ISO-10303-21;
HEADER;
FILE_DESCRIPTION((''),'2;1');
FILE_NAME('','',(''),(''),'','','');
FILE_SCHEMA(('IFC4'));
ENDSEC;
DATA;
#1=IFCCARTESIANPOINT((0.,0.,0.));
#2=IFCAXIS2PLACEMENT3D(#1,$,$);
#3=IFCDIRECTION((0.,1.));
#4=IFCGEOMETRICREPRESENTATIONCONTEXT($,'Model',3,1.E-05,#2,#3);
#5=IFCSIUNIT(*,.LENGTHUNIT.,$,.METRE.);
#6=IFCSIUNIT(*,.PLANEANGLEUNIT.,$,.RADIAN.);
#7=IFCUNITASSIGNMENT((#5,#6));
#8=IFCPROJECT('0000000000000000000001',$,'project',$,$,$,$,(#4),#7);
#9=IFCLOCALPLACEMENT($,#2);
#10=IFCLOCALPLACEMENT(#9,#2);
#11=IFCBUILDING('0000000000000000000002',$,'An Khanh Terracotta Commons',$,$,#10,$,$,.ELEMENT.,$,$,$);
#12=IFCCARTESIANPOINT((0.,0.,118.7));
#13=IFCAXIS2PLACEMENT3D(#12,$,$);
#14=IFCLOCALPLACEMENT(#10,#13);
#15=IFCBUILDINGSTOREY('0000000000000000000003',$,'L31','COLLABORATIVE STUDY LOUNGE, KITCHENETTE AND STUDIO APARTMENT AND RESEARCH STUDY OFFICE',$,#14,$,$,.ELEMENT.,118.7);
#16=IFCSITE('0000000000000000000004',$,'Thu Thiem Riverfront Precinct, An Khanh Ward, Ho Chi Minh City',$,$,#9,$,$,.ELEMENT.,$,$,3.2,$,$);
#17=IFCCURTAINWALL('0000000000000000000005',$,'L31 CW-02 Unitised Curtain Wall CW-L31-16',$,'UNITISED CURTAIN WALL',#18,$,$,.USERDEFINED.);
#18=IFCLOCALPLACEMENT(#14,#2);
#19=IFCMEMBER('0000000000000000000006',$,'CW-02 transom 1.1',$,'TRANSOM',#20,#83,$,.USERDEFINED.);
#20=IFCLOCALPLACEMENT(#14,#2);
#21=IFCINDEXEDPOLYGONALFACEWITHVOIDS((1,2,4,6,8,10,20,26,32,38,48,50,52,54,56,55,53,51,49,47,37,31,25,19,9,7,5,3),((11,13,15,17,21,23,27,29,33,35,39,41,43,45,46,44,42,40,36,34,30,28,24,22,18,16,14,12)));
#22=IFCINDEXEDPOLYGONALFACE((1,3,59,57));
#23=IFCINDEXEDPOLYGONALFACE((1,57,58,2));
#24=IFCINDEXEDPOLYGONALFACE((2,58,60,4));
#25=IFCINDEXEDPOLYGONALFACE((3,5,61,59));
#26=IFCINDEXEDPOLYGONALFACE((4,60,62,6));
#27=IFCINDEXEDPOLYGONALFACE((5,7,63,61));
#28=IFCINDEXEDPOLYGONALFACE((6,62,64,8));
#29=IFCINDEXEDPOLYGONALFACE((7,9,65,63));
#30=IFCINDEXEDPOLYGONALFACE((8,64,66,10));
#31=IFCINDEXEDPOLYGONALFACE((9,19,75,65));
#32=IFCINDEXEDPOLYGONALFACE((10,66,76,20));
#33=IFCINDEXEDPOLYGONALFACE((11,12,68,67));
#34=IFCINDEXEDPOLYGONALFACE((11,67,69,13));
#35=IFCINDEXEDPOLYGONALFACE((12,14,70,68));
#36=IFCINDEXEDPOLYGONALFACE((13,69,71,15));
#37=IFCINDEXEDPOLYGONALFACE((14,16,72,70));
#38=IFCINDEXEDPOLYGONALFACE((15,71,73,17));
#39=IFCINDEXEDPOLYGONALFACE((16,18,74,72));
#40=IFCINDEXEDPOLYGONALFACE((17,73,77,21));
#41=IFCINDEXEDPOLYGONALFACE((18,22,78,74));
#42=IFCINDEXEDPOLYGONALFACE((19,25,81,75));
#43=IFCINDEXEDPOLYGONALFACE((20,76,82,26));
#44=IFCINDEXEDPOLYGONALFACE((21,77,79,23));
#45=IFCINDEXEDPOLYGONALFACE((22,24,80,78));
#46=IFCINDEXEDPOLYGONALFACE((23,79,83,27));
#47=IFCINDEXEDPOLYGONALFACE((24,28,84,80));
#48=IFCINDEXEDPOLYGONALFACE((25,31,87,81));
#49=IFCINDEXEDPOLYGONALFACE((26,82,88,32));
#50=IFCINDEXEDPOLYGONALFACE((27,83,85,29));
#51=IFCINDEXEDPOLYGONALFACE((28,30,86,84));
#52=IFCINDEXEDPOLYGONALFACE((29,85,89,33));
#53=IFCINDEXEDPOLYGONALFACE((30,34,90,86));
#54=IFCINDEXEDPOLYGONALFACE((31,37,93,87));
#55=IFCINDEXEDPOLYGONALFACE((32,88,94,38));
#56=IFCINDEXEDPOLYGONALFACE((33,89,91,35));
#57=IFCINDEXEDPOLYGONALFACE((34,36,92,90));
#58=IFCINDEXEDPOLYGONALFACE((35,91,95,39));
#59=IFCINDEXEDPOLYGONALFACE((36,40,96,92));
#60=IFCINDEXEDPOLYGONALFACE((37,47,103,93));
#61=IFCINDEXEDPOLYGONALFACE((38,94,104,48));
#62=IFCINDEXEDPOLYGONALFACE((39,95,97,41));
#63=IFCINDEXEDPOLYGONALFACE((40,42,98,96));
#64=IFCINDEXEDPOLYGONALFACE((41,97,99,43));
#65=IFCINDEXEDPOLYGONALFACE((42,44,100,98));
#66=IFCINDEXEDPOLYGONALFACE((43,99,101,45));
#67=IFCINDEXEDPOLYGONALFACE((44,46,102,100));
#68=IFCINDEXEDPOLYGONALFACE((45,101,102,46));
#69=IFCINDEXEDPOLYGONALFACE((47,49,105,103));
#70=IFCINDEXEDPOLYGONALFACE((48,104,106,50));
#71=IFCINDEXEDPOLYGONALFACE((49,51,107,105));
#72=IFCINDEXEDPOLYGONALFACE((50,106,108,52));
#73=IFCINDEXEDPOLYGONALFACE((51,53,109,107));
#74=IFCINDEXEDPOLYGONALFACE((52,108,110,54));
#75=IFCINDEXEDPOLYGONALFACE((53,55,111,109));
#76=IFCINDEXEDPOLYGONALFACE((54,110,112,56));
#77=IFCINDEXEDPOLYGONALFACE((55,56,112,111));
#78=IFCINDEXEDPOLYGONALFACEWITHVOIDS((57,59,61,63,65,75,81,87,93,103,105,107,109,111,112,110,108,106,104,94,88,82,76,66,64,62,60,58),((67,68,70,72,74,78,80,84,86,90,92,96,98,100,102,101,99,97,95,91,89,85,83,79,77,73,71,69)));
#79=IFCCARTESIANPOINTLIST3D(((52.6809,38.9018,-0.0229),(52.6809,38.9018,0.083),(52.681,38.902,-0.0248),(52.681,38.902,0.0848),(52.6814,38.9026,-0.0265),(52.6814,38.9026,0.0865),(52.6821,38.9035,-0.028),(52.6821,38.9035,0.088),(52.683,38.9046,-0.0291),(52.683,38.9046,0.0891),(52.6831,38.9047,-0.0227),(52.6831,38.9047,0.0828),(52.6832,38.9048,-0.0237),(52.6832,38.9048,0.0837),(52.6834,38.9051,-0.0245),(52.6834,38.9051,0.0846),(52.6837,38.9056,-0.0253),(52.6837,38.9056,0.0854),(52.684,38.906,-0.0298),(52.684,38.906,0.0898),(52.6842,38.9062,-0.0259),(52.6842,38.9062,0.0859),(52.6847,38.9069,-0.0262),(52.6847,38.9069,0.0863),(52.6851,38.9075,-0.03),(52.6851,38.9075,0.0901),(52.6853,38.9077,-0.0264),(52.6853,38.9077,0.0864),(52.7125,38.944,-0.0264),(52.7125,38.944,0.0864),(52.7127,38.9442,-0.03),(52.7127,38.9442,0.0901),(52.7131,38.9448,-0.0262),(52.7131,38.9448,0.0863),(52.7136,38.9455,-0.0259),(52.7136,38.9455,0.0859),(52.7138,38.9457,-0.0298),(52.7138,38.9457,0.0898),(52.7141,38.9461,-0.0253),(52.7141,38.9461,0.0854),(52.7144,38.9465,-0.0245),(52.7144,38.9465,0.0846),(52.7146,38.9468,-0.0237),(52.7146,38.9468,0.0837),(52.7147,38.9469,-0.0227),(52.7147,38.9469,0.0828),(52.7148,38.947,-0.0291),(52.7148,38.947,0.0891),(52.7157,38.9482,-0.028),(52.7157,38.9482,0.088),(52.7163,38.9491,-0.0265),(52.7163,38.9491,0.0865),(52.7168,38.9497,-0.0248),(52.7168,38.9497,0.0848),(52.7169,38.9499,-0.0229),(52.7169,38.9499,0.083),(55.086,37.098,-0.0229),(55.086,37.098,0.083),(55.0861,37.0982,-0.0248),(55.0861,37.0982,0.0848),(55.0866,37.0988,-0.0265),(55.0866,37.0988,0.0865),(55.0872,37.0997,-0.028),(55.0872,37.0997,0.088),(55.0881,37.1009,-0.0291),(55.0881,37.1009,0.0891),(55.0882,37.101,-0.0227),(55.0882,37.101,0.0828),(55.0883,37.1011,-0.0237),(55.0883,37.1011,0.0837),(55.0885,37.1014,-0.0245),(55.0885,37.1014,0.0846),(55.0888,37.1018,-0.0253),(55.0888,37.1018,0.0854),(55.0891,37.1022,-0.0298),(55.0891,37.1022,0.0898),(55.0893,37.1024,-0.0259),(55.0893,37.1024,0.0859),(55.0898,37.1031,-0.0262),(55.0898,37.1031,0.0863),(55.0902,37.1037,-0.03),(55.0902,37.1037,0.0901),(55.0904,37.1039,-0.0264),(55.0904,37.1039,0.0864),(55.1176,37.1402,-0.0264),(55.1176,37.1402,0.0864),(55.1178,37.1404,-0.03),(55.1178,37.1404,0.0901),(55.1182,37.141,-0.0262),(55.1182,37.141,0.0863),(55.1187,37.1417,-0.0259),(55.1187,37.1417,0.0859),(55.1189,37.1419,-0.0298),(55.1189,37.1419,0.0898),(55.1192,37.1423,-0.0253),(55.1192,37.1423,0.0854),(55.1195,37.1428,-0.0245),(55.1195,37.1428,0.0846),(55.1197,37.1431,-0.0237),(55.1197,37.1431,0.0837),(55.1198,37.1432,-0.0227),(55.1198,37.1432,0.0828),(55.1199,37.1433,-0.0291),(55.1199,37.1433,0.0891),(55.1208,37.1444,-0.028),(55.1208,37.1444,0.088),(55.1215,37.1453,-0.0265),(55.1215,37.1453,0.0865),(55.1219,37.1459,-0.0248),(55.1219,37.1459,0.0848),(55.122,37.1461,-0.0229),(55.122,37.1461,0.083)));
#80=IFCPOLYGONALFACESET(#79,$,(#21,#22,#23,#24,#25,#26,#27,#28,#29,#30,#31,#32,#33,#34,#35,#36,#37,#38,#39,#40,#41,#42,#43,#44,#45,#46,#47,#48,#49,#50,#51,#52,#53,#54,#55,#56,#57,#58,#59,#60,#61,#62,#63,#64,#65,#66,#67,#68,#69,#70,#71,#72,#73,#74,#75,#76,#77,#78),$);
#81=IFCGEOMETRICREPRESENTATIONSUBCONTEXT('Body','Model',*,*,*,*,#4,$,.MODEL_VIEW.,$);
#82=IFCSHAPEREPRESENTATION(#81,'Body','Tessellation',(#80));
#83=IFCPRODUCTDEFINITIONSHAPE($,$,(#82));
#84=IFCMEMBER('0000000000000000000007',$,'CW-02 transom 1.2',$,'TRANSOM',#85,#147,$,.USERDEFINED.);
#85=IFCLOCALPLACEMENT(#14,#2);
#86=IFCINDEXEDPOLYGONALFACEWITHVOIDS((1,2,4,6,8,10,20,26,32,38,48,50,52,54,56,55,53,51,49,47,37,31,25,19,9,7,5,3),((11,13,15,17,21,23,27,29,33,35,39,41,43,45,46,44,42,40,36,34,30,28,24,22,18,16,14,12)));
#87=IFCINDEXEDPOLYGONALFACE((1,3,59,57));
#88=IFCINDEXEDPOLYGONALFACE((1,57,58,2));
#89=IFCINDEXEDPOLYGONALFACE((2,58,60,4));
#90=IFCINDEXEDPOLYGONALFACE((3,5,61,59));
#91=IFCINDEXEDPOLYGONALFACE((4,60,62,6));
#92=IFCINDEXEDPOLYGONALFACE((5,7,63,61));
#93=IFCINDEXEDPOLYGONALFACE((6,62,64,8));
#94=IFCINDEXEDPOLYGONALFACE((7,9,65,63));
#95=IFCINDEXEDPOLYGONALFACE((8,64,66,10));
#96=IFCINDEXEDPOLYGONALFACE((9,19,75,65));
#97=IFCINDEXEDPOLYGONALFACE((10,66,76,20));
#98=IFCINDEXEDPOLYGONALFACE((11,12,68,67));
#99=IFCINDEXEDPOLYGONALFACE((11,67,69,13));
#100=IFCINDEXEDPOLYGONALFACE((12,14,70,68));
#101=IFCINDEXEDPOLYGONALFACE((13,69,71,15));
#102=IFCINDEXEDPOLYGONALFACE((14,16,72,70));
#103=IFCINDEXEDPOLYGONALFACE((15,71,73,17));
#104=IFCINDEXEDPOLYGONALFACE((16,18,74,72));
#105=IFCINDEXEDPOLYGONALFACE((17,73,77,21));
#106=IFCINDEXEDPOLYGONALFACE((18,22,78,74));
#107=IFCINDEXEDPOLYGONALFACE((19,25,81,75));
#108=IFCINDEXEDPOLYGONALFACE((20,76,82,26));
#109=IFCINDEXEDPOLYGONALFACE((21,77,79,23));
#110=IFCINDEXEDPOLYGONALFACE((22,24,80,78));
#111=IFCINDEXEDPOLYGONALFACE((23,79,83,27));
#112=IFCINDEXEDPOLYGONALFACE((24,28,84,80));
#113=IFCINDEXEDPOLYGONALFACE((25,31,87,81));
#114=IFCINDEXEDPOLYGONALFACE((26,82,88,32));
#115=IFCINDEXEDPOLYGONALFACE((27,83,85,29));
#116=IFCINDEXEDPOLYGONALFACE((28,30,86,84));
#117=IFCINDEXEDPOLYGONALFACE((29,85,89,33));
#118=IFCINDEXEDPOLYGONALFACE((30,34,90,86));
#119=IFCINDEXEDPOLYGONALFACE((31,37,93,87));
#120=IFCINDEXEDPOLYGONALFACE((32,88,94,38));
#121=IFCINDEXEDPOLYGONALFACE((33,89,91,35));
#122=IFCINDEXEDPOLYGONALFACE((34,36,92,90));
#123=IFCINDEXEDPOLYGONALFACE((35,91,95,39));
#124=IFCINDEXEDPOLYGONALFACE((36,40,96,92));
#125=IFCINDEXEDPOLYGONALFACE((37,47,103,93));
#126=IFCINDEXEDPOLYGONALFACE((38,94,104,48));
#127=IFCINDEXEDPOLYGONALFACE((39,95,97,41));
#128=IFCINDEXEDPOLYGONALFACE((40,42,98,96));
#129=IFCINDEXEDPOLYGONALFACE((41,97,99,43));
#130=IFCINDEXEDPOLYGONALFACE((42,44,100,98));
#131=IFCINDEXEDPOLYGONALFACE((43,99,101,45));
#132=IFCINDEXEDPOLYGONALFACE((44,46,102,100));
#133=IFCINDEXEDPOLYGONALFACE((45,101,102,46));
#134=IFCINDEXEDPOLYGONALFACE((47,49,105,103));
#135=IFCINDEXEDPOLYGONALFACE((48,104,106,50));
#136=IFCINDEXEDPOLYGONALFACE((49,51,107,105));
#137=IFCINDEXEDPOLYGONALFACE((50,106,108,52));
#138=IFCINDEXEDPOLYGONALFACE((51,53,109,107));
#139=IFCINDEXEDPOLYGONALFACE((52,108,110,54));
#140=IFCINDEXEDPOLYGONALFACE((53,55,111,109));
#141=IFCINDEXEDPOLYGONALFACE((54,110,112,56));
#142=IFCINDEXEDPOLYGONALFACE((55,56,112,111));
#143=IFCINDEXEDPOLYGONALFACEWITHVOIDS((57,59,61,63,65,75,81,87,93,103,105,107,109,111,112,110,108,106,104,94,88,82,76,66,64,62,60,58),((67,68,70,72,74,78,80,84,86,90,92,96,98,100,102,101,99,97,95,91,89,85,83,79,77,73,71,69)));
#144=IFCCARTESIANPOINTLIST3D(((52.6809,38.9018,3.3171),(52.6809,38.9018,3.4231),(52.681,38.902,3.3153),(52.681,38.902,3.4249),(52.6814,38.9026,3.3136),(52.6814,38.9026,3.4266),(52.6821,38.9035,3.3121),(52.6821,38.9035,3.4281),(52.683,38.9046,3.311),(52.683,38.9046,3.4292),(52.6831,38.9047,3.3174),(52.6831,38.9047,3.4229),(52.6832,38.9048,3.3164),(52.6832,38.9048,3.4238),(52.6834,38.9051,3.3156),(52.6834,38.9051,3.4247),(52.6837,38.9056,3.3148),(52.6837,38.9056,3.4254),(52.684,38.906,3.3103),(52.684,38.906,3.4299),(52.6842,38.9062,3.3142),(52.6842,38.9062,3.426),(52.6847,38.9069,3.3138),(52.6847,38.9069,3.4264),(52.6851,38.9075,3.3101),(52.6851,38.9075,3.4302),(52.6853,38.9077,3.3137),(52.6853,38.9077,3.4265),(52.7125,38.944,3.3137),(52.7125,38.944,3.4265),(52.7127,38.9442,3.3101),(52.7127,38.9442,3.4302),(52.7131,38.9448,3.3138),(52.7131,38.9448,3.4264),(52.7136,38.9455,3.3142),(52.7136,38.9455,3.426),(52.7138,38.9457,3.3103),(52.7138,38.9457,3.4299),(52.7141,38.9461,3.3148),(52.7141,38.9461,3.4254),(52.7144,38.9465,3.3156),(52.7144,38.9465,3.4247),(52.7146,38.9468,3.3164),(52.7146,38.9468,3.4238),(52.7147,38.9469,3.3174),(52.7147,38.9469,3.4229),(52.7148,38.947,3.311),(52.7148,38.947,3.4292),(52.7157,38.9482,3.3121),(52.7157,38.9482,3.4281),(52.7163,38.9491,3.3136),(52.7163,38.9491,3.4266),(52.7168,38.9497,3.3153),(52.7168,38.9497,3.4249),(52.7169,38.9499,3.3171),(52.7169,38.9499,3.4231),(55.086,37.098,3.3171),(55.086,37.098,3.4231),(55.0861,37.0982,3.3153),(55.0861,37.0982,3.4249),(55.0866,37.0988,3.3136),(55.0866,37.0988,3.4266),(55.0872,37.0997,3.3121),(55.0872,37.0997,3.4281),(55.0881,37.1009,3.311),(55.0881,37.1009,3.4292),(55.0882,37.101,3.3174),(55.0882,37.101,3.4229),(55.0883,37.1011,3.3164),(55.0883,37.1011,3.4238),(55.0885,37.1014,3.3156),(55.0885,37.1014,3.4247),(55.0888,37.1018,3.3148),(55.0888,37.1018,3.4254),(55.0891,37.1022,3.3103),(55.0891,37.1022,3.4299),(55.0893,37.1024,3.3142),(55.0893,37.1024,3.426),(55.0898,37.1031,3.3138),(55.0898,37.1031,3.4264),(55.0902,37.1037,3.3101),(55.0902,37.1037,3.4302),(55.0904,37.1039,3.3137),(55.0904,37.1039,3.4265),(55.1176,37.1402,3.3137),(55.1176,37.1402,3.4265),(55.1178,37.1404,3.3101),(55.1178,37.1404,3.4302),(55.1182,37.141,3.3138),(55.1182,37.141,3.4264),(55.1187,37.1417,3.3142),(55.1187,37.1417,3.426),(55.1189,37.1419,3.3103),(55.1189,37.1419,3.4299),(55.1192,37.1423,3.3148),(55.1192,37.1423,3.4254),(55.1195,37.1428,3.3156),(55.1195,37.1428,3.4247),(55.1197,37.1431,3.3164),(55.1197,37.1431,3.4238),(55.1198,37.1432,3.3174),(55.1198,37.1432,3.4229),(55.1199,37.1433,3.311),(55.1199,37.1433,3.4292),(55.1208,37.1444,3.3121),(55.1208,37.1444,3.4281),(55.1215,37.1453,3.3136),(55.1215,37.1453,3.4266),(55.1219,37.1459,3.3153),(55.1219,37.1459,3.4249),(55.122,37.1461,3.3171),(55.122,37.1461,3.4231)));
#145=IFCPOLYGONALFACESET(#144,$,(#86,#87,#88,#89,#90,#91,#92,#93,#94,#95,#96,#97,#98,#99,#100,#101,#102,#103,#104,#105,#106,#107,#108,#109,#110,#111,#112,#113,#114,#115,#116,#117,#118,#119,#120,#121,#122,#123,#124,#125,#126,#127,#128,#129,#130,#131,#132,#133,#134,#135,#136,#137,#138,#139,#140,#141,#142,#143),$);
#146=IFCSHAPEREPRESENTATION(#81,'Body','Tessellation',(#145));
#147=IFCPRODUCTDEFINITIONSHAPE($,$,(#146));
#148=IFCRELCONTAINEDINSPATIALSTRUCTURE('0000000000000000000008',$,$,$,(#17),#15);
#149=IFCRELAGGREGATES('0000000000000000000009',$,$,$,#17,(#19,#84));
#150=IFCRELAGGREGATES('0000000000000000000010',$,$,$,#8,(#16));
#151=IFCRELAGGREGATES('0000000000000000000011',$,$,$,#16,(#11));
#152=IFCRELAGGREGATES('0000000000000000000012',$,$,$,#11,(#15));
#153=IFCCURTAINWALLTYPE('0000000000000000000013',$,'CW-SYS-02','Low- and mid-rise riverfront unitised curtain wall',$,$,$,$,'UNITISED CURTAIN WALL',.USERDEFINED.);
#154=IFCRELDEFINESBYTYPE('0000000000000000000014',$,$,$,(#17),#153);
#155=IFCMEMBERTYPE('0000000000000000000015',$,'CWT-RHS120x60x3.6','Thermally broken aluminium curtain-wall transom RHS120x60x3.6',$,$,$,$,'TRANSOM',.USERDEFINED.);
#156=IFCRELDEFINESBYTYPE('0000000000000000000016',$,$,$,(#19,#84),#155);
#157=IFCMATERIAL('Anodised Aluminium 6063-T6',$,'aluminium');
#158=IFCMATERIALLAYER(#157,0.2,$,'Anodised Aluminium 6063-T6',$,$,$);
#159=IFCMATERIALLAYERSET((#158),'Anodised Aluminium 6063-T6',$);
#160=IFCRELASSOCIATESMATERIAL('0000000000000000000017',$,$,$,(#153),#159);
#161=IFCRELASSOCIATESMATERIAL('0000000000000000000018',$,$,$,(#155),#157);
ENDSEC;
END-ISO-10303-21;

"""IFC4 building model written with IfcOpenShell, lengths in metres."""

from ifc_helpers import new_model, si_unit, direction, frame, origin, origin_2d, place, context, subcontext, project, spatial, hollow_rectangle, extrude, material, layer, layer_set, material_profile, profile_set, type_object, element, aggregate, save


model = new_model("IFC4")

# Units and contexts
model_context = context("Model", 3, precision=1e-05, world=origin(), true_north=direction((0.0, 1.0)))
body_context = subcontext(model_context, "Body", "Model", "MODEL_VIEW")
ifc_project = project(units=[si_unit("LENGTHUNIT", "METRE"), si_unit("PLANEANGLEUNIT", "RADIAN")], contexts=[model_context])

# Site, building, storey
site_placement = place(None, origin())
site = spatial("IfcSite", under=ifc_project, at=site_placement, Name="Thu Thiem Riverfront Precinct, An Khanh Ward, Ho Chi Minh City", CompositionType="ELEMENT", RefElevation=3.2)
building_placement = place(site_placement, origin())
building = spatial("IfcBuilding", under=site, at=building_placement, Name="An Khanh Terracotta Commons", CompositionType="ELEMENT")
storey_placement = place(building_placement, frame((0.0, 0.0, 118.7)))
storey = spatial("IfcBuildingStorey", under=building, at=storey_placement, Name="L31", Description="COLLABORATIVE STUDY LOUNGE, KITCHENETTE AND STUDIO APARTMENT AND RESEARCH STUDY OFFICE", CompositionType="ELEMENT", Elevation=118.7)

# Curtain wall
ifc_material_1 = material(Name="Anodised Aluminium 6063-T6", Category="aluminium")
ifc_layer_1 = layer(ifc_material_1, 0.2, Name="Anodised Aluminium 6063-T6")
ifc_layer_set_1 = layer_set([ifc_layer_1], Name="Anodised Aluminium 6063-T6")
curtain_wall_type = type_object("IfcCurtainWallType", Name="CW-SYS-02", Description="Low- and mid-rise riverfront unitised curtain wall", ElementType="UNITISED CURTAIN WALL", PredefinedType="USERDEFINED", material=ifc_layer_set_1)
curtain_wall_1_placement = place(storey_placement, origin())
curtain_wall_1 = element("IfcCurtainWall", 1, at=curtain_wall_1_placement, inside=storey, type_object=curtain_wall_type, Name="L31 CW-02 Unitised Curtain Wall CW-L31-16", ObjectType="UNITISED CURTAIN WALL", PredefinedType="USERDEFINED")

# Members
ifc_material_profile_1 = material_profile(ifc_material_1, hollow_rectangle(XDim=0.0601, YDim=0.1201, WallThickness=0.0037, InnerFilletRadius=0.0037, OuterFilletRadius=0.0071, at=origin_2d()), Name="RHS120x60x3.6")
ifc_profile_set_1 = profile_set([ifc_material_profile_1], Name="Anodised Aluminium 6063-T6")
member_type_1 = type_object("IfcMemberType", Name="CWT-RHS120x60x3.6", Description="Thermally broken aluminium curtain-wall transom RHS120x60x3.6", ElementType="TRANSOM", PredefinedType="USERDEFINED", material=ifc_profile_set_1)
member_1_placement = place(storey_placement, frame((55.104, 37.1221, 0.03), z_axis=(-0.80001, 0.599987, 0.0), x_axis=(-0.599987, -0.80001, 0.0)))
member_1 = element("IfcMember", 2, at=member_1_placement, type_object=member_type_1, Name="CW-02 transom 1.1", ObjectType="TRANSOM", PredefinedType="USERDEFINED", context=body_context, shape_type="SweptSolid", body=[
    extrude(hollow_rectangle(XDim=0.0601, YDim=0.1201, WallThickness=0.0037, InnerFilletRadius=0.0037, OuterFilletRadius=0.0071, at=origin_2d()), origin(), (0.0, 0.0, 1.0), 3.0063),
])
member_2_placement = place(storey_placement, frame((55.104, 37.1221, 3.3701), z_axis=(-0.80001, 0.599987, 0.0), x_axis=(-0.599987, -0.80001, 0.0)))
member_2 = element("IfcMember", 3, at=member_2_placement, type_object=member_type_1, Name="CW-02 transom 1.2", ObjectType="TRANSOM", PredefinedType="USERDEFINED", context=body_context, shape_type="SweptSolid", body=[
    extrude(hollow_rectangle(XDim=0.0601, YDim=0.1201, WallThickness=0.0037, InnerFilletRadius=0.0037, OuterFilletRadius=0.0071, at=origin_2d()), origin(), (0.0, 0.0, 1.0), 3.0063),
])

aggregate(curtain_wall_1, [member_1, member_2])

save(model, "model.ifc")
